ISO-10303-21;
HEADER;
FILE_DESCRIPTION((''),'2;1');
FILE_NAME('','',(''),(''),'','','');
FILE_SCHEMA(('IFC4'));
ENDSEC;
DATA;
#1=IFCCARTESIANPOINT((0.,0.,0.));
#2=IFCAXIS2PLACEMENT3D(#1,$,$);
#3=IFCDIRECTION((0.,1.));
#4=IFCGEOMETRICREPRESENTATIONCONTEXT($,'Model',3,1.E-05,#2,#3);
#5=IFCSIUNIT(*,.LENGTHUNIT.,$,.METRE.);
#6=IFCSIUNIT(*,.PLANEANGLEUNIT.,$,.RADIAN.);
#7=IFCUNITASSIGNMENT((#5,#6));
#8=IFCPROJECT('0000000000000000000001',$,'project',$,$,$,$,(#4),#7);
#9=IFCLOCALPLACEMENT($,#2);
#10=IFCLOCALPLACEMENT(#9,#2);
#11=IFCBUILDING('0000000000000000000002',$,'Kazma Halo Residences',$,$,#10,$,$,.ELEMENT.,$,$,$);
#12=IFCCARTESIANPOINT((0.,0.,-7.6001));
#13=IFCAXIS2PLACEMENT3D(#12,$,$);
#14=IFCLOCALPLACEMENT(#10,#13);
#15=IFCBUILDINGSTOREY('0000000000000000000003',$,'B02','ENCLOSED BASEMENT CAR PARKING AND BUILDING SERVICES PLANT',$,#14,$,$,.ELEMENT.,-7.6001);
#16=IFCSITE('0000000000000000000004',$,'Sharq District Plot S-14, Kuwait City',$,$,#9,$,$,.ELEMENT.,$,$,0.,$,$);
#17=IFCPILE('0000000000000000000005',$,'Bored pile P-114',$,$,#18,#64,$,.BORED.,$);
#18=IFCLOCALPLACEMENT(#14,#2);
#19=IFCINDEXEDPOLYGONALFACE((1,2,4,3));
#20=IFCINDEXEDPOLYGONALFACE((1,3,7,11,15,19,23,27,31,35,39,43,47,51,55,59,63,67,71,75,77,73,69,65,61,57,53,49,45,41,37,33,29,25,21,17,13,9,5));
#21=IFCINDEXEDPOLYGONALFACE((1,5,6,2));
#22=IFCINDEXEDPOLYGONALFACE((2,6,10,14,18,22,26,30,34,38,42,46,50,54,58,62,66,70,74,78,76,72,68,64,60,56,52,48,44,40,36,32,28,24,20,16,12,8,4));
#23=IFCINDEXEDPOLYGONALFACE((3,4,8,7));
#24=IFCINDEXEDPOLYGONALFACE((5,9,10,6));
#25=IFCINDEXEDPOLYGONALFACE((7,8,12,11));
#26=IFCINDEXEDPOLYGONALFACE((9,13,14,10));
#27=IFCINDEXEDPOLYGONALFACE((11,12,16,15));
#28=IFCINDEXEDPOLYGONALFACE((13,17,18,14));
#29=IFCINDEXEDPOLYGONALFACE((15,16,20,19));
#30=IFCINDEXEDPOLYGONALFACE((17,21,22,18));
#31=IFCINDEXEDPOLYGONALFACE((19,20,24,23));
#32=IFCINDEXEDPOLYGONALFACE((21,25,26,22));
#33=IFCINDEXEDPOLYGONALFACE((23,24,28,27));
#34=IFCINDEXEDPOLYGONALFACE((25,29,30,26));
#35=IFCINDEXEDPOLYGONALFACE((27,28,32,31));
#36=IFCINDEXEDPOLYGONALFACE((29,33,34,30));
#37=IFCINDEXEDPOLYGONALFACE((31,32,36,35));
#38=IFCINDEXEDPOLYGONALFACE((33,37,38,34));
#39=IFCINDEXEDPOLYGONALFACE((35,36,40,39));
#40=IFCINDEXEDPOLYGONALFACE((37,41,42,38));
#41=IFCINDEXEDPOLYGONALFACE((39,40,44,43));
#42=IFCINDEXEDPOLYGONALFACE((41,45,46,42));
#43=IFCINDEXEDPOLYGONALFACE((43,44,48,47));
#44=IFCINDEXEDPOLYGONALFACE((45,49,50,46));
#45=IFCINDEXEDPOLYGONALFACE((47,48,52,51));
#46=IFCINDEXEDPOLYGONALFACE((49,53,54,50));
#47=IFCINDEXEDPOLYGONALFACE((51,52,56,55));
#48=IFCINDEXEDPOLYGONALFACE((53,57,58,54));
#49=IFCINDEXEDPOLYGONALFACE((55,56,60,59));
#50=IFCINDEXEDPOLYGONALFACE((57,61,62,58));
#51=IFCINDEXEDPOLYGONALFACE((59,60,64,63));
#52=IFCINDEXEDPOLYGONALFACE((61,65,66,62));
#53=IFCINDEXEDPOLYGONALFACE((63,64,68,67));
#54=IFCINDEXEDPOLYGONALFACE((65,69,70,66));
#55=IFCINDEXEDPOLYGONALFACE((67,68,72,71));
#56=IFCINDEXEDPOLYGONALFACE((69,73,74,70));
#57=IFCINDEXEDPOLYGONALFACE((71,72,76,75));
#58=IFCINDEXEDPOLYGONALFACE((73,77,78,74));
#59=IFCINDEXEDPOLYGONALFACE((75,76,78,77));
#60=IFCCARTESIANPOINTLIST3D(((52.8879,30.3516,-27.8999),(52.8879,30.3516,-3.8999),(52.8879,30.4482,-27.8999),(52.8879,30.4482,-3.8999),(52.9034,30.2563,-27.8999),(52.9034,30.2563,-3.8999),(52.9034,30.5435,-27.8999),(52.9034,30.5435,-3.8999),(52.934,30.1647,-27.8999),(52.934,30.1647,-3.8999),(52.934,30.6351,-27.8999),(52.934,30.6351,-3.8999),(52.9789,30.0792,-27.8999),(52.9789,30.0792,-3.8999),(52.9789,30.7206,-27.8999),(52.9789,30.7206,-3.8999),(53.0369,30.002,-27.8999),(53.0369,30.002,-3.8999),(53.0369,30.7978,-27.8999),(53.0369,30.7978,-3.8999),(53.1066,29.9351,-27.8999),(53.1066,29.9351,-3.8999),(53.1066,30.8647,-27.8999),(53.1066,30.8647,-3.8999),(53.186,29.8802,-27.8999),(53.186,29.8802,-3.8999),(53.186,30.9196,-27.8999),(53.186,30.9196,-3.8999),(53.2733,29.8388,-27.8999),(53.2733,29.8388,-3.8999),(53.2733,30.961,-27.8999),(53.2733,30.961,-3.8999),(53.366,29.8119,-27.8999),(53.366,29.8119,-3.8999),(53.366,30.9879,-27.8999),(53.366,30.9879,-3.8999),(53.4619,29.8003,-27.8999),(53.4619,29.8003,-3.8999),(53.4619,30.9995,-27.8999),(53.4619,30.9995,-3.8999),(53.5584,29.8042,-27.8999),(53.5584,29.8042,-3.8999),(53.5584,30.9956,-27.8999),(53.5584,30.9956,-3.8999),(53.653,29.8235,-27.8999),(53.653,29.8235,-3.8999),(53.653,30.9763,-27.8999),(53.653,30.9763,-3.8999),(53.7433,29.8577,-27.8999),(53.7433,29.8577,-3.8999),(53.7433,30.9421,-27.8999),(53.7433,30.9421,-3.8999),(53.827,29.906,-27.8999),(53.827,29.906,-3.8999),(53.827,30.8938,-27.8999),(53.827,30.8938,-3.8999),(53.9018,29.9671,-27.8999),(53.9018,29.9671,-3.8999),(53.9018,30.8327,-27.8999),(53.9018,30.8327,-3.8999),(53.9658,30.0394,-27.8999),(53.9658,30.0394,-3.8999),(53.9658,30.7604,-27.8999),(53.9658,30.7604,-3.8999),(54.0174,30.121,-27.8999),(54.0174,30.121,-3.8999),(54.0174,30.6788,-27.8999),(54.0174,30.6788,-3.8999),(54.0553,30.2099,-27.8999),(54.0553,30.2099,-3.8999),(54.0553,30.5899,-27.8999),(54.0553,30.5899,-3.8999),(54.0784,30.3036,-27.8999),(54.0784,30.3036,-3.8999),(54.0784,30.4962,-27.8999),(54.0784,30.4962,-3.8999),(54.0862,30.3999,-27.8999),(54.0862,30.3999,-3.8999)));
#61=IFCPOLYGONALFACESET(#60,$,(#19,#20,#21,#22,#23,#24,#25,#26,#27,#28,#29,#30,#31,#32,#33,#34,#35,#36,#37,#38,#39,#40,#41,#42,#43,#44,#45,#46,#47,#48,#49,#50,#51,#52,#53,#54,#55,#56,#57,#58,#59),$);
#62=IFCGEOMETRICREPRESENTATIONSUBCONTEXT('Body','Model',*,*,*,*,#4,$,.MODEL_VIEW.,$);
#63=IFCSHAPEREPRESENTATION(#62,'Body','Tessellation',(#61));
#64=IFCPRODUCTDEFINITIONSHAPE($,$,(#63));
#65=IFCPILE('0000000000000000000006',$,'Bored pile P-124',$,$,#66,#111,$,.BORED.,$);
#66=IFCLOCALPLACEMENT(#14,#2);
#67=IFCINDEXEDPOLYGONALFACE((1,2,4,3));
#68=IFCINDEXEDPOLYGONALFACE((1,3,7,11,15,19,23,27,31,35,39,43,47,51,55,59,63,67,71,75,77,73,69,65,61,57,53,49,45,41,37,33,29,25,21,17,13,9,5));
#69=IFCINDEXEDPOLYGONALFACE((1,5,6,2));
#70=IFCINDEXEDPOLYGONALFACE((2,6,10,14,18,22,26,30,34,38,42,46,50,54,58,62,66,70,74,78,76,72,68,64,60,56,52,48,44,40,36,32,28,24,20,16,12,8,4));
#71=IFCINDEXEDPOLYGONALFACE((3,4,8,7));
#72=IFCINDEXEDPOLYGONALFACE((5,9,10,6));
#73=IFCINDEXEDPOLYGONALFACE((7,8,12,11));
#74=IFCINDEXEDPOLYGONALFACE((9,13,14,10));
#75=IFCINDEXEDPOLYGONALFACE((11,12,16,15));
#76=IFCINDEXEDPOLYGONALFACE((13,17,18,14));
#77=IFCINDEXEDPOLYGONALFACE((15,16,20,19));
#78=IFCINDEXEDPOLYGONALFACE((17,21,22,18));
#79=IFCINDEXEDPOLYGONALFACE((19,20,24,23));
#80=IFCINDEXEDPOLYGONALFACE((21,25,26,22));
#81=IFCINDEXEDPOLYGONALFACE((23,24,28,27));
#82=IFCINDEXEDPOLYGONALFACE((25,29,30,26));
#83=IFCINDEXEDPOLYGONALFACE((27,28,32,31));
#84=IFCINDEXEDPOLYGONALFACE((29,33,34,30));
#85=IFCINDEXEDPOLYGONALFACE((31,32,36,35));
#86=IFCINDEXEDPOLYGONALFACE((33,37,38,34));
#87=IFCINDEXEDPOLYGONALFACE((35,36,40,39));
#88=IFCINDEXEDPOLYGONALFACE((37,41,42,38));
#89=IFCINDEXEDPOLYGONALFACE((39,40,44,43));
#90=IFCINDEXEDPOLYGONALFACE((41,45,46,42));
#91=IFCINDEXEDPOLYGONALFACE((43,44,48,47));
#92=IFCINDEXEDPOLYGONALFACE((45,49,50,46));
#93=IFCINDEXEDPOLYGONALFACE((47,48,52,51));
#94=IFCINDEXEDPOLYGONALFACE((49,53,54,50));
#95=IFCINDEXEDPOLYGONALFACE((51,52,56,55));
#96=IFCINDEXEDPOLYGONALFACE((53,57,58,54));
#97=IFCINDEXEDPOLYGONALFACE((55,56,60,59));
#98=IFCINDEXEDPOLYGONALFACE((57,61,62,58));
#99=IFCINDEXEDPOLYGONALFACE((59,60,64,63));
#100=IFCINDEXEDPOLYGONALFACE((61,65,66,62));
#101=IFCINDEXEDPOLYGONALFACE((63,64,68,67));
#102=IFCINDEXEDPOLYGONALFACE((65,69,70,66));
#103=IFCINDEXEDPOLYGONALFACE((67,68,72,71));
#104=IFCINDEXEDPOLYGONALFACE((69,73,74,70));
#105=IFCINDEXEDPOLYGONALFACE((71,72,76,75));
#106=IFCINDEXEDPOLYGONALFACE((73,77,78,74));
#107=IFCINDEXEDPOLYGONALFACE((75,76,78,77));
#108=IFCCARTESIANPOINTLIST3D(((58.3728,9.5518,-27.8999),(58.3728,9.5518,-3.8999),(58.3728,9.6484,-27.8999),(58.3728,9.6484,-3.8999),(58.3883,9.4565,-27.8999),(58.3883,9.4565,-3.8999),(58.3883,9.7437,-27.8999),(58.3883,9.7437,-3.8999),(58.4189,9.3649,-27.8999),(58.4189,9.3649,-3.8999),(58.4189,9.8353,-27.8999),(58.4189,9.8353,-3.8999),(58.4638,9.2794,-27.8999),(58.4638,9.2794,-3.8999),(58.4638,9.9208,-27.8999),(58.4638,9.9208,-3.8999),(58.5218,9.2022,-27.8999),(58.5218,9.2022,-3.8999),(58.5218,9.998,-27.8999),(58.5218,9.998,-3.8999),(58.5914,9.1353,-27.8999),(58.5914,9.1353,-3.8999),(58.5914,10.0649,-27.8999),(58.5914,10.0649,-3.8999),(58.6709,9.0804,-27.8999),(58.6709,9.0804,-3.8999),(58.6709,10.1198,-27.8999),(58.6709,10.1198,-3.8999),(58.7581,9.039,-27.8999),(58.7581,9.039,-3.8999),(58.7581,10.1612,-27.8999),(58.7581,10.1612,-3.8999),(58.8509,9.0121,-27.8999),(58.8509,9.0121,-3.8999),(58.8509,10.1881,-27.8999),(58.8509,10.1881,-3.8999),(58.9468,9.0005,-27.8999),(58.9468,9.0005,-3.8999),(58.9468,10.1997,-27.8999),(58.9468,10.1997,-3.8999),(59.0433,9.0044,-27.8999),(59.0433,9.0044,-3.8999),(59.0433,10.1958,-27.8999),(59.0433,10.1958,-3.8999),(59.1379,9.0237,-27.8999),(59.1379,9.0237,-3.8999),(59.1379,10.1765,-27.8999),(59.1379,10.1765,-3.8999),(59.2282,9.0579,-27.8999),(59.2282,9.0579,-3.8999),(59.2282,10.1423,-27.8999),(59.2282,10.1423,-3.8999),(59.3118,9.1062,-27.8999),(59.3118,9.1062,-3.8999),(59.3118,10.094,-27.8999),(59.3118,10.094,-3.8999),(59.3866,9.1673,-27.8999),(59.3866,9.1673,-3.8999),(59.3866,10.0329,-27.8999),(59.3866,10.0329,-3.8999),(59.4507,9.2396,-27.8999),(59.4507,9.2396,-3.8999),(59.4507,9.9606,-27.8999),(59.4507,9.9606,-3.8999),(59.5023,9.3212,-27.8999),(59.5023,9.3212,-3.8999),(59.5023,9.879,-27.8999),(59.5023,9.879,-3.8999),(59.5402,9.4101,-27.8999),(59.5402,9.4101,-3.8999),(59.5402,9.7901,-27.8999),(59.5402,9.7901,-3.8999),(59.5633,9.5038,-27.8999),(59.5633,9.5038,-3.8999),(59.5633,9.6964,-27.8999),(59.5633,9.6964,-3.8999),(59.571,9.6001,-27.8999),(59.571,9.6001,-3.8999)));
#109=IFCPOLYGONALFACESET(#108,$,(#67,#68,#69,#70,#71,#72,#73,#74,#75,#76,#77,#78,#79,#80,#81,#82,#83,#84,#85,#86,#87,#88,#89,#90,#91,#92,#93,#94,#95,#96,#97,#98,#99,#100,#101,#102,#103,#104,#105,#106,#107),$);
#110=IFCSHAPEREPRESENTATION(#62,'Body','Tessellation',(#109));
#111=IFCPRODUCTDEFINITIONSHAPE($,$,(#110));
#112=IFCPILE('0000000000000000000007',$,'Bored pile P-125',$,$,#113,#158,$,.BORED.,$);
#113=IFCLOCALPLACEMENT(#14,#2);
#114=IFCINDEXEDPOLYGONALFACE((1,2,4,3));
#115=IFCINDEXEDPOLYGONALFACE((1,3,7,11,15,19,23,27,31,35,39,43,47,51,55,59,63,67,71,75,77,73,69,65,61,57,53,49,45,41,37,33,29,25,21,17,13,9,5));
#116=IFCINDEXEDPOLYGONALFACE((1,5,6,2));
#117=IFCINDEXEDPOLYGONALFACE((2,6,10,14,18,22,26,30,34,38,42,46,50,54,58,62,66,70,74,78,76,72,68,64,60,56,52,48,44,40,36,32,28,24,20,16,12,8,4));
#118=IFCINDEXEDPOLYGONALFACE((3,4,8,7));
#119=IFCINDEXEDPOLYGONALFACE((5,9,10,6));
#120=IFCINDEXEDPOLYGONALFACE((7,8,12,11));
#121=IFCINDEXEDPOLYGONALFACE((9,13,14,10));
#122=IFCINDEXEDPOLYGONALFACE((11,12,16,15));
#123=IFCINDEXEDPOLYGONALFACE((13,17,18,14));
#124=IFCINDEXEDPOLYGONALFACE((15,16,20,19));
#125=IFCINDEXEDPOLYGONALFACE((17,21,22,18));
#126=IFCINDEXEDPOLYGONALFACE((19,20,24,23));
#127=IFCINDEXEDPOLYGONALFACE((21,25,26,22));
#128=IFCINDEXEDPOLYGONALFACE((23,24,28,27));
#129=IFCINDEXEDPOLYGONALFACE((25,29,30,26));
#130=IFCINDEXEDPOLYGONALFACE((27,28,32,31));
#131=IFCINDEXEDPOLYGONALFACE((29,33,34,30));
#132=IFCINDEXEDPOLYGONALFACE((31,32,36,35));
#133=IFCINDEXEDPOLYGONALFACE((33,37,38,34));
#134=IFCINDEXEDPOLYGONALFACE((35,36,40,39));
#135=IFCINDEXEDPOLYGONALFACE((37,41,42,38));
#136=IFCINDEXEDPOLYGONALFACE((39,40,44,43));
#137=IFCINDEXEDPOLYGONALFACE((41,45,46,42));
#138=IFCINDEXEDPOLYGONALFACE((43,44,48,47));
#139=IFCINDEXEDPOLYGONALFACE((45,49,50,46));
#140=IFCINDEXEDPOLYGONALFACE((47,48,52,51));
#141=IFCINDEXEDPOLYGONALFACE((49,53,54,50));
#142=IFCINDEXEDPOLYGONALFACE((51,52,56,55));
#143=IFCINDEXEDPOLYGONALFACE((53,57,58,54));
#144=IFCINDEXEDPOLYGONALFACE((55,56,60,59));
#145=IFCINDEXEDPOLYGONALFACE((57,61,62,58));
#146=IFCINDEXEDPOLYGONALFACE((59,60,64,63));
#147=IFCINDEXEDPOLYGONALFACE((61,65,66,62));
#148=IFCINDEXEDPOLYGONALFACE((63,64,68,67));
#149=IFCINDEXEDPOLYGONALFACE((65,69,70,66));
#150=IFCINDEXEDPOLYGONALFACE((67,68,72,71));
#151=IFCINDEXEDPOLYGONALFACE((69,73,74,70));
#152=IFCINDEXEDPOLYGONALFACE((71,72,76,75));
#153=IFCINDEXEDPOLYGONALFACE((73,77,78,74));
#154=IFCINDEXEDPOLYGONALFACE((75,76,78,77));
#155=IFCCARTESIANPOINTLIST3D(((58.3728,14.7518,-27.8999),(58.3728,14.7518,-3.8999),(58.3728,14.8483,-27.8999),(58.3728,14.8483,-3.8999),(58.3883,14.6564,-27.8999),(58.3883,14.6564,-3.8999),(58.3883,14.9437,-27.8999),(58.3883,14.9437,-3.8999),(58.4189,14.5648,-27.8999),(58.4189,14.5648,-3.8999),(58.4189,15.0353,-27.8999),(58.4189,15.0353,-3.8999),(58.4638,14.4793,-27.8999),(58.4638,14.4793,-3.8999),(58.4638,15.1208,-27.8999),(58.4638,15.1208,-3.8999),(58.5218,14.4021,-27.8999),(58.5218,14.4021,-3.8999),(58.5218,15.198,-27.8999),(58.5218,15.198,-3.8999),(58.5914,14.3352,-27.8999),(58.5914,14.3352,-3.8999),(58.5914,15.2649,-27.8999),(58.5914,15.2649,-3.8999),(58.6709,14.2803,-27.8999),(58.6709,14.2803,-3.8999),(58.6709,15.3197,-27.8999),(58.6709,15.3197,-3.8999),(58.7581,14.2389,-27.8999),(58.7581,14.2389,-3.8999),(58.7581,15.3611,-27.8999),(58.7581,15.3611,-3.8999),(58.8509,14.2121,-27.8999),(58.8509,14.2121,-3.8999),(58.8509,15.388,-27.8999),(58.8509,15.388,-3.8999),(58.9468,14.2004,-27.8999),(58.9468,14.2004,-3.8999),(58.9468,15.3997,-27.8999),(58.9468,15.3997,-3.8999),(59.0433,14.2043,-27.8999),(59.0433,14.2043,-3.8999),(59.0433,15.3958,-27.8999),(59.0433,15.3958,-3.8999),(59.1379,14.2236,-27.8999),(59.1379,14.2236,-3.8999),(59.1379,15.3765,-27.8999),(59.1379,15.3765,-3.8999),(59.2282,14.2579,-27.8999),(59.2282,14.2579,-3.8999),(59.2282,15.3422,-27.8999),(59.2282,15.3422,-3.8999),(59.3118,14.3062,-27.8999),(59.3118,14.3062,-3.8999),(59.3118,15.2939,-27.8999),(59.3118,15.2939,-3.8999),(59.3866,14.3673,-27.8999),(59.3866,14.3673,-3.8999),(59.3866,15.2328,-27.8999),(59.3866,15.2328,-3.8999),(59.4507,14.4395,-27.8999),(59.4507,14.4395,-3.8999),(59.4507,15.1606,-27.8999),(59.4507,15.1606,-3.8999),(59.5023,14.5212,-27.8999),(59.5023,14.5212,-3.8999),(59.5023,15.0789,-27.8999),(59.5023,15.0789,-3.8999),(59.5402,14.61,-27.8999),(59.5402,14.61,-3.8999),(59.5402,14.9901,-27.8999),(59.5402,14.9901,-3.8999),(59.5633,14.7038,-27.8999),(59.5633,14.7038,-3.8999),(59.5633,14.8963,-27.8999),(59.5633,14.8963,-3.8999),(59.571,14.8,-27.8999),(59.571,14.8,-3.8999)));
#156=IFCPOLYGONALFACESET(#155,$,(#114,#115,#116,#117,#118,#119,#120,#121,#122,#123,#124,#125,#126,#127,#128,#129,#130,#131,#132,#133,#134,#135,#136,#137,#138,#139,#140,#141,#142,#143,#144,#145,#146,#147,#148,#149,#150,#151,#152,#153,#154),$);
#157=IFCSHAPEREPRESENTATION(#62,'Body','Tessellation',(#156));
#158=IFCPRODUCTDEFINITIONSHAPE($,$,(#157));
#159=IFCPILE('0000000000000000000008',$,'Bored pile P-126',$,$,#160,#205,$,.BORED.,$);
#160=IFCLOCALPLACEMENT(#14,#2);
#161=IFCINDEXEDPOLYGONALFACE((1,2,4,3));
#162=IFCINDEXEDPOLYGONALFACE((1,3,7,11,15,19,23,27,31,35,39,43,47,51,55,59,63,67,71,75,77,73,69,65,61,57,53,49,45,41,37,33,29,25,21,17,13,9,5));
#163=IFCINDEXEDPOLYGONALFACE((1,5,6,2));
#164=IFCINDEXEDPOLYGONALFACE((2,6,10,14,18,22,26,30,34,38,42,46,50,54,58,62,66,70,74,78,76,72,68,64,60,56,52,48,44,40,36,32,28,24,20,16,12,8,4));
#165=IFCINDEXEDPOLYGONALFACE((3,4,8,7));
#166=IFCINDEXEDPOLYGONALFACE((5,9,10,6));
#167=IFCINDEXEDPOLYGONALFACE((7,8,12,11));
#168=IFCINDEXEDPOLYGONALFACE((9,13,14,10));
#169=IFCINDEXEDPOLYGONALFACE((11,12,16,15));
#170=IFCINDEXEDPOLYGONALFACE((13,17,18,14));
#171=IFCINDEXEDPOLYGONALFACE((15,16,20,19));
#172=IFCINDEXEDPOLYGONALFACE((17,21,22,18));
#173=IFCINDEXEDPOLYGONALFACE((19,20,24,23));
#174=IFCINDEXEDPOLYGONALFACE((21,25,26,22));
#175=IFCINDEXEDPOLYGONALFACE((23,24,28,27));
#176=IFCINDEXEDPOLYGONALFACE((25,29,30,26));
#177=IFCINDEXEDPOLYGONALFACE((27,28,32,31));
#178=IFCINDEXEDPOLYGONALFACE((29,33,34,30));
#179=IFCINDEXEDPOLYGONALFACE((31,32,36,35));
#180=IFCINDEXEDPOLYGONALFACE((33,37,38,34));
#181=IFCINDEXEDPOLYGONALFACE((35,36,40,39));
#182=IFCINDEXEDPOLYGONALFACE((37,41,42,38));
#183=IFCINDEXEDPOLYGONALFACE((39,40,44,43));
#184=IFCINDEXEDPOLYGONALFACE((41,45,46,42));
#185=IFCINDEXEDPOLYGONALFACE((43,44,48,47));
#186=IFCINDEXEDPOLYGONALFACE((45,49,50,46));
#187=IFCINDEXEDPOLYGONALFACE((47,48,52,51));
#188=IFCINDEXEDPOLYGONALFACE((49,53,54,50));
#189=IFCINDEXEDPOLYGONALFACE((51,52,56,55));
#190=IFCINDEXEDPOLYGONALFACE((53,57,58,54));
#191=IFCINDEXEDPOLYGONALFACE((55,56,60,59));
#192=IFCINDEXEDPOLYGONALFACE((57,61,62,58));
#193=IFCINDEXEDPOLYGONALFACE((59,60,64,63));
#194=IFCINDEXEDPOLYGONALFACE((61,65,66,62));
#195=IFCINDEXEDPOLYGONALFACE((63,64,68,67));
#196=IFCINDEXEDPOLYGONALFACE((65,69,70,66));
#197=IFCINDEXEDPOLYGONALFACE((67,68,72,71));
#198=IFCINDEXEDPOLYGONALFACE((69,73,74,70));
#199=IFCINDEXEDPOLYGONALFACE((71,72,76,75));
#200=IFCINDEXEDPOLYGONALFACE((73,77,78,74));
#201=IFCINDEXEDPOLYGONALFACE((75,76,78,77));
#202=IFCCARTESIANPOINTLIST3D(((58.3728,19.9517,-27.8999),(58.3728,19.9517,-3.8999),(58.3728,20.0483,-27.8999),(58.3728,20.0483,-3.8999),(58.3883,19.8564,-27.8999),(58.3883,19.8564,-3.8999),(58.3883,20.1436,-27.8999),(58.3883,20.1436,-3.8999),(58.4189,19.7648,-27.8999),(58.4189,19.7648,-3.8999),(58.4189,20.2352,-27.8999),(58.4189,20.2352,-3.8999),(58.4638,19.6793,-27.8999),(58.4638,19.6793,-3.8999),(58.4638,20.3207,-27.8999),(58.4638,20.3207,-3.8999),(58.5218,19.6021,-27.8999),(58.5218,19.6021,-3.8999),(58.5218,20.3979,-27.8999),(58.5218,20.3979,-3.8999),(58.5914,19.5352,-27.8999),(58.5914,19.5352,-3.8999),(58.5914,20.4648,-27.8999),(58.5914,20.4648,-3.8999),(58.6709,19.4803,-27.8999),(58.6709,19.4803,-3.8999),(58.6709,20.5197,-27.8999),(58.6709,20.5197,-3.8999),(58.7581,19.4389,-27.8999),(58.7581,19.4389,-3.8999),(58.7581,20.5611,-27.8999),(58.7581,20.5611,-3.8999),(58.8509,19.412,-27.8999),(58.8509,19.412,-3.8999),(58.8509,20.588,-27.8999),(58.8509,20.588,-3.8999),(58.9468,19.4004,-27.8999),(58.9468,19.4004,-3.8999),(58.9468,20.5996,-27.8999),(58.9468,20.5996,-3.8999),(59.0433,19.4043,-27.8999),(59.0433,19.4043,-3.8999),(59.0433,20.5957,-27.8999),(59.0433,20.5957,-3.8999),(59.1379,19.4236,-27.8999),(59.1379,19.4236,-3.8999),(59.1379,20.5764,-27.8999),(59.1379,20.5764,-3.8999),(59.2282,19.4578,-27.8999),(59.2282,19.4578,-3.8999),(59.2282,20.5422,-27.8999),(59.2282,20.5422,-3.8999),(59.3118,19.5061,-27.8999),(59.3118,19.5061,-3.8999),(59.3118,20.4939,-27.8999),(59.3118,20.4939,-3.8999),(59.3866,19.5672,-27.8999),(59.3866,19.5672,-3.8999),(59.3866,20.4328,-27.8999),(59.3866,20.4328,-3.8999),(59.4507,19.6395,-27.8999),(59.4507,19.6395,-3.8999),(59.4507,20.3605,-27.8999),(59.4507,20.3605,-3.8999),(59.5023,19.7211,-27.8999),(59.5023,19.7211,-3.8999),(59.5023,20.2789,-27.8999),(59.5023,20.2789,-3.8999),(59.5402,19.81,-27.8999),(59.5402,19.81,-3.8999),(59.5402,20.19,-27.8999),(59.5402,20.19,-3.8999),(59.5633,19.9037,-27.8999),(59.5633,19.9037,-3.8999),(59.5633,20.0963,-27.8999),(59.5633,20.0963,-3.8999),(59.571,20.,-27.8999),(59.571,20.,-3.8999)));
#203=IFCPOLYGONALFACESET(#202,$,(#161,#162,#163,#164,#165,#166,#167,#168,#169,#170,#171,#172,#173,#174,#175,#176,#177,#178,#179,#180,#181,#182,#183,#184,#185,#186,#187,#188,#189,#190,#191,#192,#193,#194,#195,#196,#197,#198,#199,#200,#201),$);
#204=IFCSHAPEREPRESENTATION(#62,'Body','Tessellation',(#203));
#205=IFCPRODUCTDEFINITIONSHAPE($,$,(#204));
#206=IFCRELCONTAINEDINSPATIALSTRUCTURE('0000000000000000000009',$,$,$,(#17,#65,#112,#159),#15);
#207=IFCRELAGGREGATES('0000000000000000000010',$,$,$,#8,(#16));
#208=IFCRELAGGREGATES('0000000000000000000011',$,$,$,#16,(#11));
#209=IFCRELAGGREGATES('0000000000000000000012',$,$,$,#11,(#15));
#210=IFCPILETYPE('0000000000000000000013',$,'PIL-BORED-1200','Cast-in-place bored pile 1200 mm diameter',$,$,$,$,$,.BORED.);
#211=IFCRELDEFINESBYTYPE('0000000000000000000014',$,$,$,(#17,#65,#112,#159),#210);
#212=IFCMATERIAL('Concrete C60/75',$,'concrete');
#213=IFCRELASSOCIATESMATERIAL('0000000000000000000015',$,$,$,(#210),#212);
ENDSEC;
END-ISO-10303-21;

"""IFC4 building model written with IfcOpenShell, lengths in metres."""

from ifc_helpers import new_model, si_unit, direction, frame, origin, origin_2d, place, context, subcontext, project, spatial, circle, extrude, material, material_profile, profile_set, type_object, element, save


model = new_model("IFC4")

# Units and contexts
model_context = context("Model", 3, precision=1e-05, world=origin(), true_north=direction((0.0, 1.0)))
body_context = subcontext(model_context, "Body", "Model", "MODEL_VIEW")
ifc_project = project(units=[si_unit("LENGTHUNIT", "METRE"), si_unit("PLANEANGLEUNIT", "RADIAN")], contexts=[model_context])

# Site, building, storey
site_placement = place(None, origin())
site = spatial("IfcSite", under=ifc_project, at=site_placement, Name="Sharq District Plot S-14, Kuwait City", CompositionType="ELEMENT", RefElevation=0.0)
building_placement = place(site_placement, origin())
building = spatial("IfcBuilding", under=site, at=building_placement, Name="Kazma Halo Residences", CompositionType="ELEMENT")
storey_placement = place(building_placement, frame((0.0, 0.0, -7.6001)))
storey = spatial("IfcBuildingStorey", under=building, at=storey_placement, Name="B02", Description="ENCLOSED BASEMENT CAR PARKING AND BUILDING SERVICES PLANT", CompositionType="ELEMENT", Elevation=-7.6001)

# Piles
ifc_material_1 = material(Name="Concrete C60/75", Category="concrete")
ifc_material_profile_1 = material_profile(ifc_material_1, circle(Radius=0.6001, at=origin_2d()), Name="CIRC1200")
ifc_profile_set_1 = profile_set([ifc_material_profile_1], Name="Concrete C60/75")
pile_type = type_object("IfcPileType", Name="PIL-BORED-1200", Description="Cast-in-place bored pile 1200 mm diameter", PredefinedType="BORED", material=ifc_profile_set_1)
for number, where, z_axis, x_axis, name in (
    (1, (53.4861, 30.3999, -3.8999), (0.0, 0.0, -1.0), (1.0, 0.0, 0.0), "Bored pile P-114"),
    (2, (58.9709, 9.6001, -3.8999), (0.0, 0.0, -1.0), (1.0, 0.0, 0.0), "Bored pile P-124"),
    (3, (58.9709, 14.8, -3.8999), (0.0, 0.0, -1.0), (1.0, 0.0, 0.0), "Bored pile P-125"),
    (4, (58.9709, 20.0, -3.8999), (0.0, 0.0, -1.0), (1.0, 0.0, 0.0), "Bored pile P-126"),
):
    element("IfcPile", number, at=place(storey_placement, frame(where, z_axis=z_axis, x_axis=x_axis)), inside=storey, type_object=pile_type, Name=name, PredefinedType="BORED", context=body_context, shape_type="SweptSolid", body=[
        extrude(circle(Radius=0.6001, at=origin_2d()), origin(), (0.0, 0.0, 1.0), 24.0),
    ])

save(model, "model.ifc")
